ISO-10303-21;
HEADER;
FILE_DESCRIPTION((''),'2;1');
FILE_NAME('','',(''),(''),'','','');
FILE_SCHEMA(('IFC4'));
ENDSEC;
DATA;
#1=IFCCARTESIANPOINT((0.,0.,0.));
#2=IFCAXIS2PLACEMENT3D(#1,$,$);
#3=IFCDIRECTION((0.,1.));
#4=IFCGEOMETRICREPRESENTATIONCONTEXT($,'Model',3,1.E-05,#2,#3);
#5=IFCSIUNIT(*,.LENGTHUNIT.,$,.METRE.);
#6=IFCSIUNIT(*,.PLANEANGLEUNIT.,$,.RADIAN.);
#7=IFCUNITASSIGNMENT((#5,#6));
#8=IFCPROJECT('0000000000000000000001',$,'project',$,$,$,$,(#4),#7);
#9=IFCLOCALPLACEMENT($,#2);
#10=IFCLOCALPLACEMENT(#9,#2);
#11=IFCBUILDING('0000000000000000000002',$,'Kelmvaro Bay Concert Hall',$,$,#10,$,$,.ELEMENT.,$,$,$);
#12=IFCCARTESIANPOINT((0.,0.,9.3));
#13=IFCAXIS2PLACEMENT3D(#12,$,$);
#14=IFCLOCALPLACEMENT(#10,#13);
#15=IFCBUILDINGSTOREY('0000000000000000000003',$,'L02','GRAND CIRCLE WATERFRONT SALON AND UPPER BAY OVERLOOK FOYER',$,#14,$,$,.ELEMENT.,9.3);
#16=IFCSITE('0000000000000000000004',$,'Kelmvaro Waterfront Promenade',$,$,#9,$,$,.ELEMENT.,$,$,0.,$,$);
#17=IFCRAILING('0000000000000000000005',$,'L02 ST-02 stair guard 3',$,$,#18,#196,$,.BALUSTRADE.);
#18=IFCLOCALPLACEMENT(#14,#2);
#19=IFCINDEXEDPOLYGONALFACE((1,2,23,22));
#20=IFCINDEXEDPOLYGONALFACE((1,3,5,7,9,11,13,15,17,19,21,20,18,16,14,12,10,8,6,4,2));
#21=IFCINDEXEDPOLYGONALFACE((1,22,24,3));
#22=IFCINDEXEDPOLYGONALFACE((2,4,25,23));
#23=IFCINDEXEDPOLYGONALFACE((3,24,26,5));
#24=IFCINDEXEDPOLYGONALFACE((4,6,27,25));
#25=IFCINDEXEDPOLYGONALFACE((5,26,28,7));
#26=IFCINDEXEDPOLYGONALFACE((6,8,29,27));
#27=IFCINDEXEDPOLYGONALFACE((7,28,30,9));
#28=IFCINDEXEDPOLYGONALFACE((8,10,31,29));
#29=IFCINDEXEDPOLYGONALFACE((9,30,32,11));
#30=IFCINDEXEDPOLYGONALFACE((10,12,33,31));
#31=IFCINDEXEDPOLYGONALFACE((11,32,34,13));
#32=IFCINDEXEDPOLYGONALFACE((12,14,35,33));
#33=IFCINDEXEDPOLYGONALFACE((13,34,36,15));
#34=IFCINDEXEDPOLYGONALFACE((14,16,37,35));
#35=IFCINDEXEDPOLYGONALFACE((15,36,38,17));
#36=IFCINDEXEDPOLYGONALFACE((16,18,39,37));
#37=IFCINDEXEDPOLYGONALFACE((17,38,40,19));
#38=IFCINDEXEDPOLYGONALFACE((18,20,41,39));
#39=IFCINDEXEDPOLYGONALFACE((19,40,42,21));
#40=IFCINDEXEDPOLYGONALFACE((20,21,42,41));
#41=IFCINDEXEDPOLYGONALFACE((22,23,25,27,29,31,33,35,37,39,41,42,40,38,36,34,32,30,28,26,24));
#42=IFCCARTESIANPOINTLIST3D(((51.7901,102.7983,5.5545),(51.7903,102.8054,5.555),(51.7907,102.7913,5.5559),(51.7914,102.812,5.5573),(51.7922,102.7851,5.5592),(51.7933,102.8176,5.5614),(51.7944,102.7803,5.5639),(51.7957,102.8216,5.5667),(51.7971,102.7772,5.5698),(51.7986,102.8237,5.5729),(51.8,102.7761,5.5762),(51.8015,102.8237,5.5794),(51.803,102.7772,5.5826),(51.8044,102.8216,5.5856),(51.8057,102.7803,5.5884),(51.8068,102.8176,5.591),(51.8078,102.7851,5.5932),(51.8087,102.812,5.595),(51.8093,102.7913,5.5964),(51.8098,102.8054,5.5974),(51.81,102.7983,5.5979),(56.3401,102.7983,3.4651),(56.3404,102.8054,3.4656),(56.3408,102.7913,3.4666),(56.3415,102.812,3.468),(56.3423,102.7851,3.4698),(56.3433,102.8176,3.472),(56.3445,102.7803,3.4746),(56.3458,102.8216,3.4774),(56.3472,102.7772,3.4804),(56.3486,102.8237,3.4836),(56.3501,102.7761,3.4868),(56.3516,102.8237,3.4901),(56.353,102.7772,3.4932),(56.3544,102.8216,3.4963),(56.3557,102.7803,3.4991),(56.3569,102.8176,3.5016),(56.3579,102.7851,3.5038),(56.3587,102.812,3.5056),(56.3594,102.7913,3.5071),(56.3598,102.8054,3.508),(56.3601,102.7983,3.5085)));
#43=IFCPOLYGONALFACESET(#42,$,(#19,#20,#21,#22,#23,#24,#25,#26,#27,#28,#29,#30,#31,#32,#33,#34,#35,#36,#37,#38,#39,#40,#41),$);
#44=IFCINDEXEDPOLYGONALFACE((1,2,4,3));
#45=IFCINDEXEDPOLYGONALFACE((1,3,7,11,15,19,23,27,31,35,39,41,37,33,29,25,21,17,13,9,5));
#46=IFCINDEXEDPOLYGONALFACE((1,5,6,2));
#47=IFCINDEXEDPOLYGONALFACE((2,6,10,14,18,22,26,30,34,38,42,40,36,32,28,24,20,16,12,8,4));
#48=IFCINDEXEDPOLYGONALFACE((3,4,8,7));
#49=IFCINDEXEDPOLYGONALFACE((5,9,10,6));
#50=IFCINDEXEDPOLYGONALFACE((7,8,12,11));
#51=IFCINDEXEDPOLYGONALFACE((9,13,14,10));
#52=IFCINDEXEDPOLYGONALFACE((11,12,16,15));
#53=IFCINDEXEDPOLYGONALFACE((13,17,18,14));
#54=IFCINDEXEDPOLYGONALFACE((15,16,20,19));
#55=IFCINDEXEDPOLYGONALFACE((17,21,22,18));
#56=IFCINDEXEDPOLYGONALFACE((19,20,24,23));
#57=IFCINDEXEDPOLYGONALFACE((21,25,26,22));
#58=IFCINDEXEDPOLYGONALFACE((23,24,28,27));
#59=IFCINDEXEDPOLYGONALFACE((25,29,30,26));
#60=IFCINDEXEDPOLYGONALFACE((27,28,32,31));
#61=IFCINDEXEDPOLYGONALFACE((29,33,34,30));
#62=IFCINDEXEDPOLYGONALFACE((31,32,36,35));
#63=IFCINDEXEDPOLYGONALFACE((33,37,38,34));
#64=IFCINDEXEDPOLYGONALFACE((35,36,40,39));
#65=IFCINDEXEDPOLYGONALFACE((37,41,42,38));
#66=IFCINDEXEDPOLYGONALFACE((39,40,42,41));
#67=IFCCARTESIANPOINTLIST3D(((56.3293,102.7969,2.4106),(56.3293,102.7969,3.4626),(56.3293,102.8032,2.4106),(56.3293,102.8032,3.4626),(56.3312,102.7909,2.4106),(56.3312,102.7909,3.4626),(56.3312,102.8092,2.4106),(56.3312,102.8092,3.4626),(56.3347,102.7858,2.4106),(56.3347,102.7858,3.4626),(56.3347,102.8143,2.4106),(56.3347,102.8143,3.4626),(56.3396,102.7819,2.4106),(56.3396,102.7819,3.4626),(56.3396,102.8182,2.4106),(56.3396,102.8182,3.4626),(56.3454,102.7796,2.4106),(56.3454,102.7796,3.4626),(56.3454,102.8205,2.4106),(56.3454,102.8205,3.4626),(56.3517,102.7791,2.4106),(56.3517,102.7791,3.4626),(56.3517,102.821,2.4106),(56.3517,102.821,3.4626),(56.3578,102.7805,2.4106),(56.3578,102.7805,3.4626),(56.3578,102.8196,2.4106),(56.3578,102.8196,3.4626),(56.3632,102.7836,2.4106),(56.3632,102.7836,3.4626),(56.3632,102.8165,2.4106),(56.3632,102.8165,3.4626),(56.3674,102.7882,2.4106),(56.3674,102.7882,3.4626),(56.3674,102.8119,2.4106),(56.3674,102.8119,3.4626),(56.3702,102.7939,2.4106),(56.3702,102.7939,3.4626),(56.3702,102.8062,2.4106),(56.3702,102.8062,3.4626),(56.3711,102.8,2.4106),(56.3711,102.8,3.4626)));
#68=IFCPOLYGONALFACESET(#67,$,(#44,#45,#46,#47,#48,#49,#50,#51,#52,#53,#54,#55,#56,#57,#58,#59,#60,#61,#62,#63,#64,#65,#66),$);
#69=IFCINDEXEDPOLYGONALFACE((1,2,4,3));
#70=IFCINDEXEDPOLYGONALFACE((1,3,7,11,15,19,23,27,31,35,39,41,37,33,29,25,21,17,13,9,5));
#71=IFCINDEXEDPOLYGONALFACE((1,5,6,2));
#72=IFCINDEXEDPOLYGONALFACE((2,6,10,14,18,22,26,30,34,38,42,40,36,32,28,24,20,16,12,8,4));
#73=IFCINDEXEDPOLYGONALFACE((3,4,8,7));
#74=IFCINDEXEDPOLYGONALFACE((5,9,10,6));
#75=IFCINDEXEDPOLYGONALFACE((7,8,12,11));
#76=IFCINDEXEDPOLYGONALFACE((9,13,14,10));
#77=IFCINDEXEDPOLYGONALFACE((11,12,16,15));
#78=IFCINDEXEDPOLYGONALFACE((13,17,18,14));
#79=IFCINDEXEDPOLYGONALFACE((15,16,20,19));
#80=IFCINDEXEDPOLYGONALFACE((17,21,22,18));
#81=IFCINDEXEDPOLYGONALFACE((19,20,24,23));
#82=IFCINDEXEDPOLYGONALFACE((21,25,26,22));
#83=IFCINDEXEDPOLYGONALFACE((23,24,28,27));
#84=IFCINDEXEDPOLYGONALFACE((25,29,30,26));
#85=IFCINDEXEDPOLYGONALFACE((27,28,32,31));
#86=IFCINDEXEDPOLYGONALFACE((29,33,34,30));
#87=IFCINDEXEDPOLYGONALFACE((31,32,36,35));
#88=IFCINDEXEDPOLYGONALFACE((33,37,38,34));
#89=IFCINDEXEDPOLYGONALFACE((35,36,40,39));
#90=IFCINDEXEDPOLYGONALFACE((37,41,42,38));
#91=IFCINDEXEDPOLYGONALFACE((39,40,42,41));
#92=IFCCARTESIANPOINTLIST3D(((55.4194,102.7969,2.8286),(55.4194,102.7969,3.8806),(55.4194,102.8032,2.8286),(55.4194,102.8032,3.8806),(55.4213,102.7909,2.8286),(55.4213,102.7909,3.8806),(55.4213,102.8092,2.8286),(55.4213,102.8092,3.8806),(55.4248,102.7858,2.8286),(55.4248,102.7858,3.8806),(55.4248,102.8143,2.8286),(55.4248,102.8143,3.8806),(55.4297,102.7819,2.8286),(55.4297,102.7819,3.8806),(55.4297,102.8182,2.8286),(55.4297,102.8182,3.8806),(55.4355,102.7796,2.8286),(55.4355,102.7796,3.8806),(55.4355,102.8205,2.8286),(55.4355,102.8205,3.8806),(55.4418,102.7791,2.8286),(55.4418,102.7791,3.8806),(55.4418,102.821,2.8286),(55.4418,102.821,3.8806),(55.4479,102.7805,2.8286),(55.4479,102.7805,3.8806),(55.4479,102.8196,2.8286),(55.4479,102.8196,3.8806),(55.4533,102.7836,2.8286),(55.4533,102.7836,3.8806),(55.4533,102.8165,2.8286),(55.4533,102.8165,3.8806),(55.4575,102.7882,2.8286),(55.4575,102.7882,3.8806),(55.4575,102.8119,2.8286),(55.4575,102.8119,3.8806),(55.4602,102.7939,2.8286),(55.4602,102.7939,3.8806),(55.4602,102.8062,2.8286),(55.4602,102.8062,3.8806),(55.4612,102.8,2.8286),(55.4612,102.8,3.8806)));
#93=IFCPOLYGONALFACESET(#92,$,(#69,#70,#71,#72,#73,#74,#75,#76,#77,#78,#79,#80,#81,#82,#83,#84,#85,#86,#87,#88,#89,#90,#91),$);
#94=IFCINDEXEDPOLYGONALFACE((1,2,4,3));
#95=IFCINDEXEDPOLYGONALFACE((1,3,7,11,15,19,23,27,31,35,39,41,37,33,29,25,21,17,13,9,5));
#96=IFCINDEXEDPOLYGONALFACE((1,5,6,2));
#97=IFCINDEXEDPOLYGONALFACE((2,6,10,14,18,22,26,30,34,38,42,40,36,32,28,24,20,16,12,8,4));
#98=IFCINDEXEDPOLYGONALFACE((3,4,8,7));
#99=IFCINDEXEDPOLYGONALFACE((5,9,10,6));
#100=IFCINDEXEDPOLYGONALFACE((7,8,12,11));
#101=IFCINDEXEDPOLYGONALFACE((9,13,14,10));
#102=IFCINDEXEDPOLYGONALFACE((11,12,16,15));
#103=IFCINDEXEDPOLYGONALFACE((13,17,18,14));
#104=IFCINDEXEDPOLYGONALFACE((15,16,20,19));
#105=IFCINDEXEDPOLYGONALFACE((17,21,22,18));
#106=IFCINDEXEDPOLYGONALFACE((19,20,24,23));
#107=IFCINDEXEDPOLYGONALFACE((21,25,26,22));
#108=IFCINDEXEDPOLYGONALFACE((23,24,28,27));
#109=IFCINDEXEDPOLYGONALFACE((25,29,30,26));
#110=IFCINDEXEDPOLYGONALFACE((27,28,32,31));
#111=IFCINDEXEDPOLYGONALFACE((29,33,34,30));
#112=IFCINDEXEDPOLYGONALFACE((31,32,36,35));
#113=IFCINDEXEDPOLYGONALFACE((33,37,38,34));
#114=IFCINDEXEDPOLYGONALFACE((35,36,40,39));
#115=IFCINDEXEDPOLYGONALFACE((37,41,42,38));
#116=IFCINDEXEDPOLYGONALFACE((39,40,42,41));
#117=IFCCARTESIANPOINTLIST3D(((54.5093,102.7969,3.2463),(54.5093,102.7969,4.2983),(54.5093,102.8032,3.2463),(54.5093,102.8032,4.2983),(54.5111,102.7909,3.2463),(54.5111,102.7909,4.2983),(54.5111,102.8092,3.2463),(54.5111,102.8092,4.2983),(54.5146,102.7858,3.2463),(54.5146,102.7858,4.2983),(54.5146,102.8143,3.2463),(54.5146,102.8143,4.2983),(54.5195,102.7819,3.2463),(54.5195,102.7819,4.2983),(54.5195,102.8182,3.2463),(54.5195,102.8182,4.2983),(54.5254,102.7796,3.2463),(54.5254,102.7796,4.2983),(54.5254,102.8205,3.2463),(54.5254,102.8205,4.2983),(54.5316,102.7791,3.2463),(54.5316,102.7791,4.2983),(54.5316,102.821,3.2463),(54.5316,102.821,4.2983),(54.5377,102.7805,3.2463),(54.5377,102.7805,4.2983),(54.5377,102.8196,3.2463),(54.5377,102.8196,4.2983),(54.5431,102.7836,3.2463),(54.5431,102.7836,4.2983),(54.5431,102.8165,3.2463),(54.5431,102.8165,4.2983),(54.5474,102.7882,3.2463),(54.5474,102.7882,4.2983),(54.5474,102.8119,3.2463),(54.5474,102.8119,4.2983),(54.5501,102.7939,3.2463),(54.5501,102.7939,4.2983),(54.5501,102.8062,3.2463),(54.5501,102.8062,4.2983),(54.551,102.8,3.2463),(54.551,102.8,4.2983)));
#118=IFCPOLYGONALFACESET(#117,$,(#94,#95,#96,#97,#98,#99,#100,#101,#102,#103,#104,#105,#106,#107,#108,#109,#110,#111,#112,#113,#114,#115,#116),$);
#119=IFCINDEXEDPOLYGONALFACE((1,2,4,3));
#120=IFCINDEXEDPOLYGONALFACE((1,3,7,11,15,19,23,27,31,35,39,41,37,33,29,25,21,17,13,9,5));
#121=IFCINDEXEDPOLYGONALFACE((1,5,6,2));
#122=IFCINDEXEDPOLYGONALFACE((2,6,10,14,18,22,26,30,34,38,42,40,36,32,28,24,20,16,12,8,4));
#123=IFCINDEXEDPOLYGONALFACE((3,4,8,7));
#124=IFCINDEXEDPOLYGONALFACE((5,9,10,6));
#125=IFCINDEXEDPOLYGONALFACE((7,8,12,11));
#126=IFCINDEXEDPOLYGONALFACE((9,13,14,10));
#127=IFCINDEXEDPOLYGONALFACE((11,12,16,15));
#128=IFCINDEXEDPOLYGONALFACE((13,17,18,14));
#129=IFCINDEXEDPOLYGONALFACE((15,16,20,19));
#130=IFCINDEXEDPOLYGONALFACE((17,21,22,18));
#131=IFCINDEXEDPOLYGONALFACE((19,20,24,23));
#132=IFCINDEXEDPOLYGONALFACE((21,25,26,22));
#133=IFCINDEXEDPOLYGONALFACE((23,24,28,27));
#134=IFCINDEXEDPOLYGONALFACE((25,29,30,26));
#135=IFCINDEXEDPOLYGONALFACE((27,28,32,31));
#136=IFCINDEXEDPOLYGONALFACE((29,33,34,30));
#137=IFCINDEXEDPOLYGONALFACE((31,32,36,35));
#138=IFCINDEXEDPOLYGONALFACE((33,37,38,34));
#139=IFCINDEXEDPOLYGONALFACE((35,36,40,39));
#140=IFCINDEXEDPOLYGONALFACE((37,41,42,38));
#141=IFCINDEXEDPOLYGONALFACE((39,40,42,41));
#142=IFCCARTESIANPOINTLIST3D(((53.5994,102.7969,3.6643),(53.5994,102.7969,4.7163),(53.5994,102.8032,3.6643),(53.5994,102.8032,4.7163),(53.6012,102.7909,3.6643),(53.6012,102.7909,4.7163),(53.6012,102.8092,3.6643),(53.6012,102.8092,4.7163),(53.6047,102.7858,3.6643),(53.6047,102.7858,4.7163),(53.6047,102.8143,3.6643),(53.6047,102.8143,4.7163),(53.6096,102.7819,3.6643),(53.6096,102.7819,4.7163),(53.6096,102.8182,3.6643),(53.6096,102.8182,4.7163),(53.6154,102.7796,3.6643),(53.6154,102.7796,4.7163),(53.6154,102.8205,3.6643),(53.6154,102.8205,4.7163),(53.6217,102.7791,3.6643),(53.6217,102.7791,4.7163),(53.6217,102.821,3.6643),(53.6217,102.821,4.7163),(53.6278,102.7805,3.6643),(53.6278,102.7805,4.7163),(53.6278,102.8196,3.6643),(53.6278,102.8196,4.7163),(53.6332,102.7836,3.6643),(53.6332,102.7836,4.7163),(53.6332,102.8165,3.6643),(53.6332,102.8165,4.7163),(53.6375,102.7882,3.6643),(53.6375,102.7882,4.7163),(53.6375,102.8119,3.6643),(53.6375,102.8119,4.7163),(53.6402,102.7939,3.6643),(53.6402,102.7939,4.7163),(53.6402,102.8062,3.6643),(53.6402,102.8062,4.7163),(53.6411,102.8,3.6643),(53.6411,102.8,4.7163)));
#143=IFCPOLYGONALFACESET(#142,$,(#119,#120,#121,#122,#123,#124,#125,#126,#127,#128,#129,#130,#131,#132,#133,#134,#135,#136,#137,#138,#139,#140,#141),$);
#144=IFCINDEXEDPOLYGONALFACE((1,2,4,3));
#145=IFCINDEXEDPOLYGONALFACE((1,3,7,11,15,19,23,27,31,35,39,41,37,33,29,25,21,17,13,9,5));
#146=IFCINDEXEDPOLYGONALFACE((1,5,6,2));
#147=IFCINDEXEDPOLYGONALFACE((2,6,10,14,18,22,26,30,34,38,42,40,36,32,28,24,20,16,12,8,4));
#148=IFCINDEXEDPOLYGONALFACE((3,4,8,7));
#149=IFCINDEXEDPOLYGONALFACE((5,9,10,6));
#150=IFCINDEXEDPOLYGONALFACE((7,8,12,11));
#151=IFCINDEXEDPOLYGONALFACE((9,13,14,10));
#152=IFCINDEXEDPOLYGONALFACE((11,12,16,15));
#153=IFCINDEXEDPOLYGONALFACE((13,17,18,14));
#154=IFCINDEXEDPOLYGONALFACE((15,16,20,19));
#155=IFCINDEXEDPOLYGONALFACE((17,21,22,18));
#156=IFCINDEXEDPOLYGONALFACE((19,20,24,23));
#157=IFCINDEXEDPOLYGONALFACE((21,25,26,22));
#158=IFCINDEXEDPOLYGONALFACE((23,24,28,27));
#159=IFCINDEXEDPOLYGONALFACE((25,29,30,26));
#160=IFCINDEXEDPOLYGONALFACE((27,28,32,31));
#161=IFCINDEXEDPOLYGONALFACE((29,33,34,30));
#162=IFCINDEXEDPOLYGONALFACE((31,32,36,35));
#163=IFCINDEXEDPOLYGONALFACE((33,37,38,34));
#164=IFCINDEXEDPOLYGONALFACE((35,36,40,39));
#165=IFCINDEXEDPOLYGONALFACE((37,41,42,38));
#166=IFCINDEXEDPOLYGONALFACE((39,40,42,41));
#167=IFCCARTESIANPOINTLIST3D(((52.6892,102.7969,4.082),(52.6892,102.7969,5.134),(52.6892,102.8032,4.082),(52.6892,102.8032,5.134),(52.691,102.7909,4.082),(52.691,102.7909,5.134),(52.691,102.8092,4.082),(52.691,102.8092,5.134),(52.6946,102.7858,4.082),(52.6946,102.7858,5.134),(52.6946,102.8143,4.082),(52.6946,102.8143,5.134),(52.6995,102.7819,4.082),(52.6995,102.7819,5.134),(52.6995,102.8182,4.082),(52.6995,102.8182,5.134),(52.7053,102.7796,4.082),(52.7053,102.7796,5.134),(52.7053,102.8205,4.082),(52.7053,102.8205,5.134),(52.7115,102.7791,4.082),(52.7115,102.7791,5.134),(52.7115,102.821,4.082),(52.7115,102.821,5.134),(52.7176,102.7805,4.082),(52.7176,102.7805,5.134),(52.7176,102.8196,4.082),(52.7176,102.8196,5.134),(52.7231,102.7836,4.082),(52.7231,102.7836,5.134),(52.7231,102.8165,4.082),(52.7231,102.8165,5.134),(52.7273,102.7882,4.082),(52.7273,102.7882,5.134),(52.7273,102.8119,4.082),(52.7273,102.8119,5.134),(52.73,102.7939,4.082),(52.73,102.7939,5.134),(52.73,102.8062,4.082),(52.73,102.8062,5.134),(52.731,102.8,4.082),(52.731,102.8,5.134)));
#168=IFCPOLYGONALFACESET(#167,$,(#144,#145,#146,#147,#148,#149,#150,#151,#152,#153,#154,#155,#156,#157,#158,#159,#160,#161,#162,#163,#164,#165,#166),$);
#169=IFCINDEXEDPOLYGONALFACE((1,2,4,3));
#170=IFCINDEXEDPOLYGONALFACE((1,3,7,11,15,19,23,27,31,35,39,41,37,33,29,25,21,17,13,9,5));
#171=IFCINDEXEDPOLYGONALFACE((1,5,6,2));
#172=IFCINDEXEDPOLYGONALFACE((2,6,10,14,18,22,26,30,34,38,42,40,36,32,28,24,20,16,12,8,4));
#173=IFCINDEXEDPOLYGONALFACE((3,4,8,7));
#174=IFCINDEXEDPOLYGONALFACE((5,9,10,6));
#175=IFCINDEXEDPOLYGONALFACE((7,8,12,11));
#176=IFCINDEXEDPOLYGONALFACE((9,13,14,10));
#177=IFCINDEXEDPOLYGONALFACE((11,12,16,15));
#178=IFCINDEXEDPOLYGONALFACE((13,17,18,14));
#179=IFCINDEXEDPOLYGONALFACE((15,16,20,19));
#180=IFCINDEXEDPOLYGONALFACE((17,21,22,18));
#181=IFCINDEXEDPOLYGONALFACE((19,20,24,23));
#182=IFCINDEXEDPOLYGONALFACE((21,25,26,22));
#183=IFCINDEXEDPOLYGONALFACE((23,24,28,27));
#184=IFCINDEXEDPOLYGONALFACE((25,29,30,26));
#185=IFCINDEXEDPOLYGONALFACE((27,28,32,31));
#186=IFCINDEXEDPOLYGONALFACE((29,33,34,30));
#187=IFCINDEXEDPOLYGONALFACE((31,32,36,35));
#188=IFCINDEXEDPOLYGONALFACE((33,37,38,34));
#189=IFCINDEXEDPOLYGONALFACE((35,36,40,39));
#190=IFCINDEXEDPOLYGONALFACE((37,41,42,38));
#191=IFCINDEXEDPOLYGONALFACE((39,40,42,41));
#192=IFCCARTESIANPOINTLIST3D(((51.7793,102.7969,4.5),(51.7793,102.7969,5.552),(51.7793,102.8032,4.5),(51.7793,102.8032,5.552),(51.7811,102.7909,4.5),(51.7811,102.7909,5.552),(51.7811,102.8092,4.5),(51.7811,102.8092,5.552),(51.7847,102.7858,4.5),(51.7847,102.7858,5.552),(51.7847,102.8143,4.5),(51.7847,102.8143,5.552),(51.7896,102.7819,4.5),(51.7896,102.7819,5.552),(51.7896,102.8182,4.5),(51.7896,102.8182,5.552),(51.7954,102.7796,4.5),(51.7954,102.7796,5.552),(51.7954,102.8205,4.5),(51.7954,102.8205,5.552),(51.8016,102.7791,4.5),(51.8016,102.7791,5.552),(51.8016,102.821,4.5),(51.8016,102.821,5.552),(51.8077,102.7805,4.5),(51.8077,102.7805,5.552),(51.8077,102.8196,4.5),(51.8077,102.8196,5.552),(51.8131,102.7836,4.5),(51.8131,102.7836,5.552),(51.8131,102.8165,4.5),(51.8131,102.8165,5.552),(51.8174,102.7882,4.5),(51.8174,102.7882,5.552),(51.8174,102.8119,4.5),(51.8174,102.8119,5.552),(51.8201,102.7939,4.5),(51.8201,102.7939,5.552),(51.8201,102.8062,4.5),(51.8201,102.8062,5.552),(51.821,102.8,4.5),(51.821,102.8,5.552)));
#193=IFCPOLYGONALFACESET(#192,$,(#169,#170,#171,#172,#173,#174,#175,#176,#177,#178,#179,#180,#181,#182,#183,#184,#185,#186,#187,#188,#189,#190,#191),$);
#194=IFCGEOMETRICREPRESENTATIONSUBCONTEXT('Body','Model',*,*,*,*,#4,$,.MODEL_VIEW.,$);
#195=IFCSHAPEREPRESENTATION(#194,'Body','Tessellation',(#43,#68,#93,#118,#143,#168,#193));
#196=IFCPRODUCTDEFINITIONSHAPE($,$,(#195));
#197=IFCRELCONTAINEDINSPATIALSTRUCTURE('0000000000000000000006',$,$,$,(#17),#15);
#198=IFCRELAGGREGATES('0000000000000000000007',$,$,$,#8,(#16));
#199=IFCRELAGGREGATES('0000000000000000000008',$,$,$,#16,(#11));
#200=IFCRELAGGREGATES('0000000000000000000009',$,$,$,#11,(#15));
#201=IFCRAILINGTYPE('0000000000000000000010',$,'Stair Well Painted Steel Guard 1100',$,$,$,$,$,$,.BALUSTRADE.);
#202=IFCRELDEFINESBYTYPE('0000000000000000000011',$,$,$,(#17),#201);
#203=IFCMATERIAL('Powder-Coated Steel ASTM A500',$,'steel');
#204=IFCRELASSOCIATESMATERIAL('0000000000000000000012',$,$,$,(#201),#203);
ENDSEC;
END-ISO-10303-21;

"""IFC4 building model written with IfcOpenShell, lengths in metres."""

from ifc_helpers import new_model, si_unit, direction, frame, origin, origin_2d, place, context, subcontext, project, spatial, circle, extrude, material, type_object, element, save


model = new_model("IFC4")

# Units and contexts
model_context = context("Model", 3, precision=1e-05, world=origin(), true_north=direction((0.0, 1.0)))
body_context = subcontext(model_context, "Body", "Model", "MODEL_VIEW")
ifc_project = project(units=[si_unit("LENGTHUNIT", "METRE"), si_unit("PLANEANGLEUNIT", "RADIAN")], contexts=[model_context])

# Site, building, storey
site_placement = place(None, origin())
site = spatial("IfcSite", under=ifc_project, at=site_placement, Name="Kelmvaro Waterfront Promenade", CompositionType="ELEMENT", RefElevation=0.0)
building_placement = place(site_placement, origin())
building = spatial("IfcBuilding", under=site, at=building_placement, Name="Kelmvaro Bay Concert Hall", CompositionType="ELEMENT")
storey_placement = place(building_placement, frame((0.0, 0.0, 9.3)))
storey = spatial("IfcBuildingStorey", under=building, at=storey_placement, Name="L02", Description="GRAND CIRCLE WATERFRONT SALON AND UPPER BAY OVERLOOK FOYER", CompositionType="ELEMENT", Elevation=9.3)

# Railing
ifc_material_1 = material(Name="Powder-Coated Steel ASTM A500", Category="steel")
railing_type_1 = type_object("IfcRailingType", Name="Stair Well Painted Steel Guard 1100", PredefinedType="BALUSTRADE", material=ifc_material_1)
railing_1_placement = place(storey_placement, frame((56.3501, 102.8, 2.4106)))
element("IfcRailing", 1, at=railing_1_placement, inside=storey, type_object=railing_type_1, Name="L02 ST-02 stair guard 3", PredefinedType="BALUSTRADE", context=body_context, shape_type="SweptSolid", body=[
    extrude(circle(Radius=0.0239, at=origin_2d()), frame((0.0, 0.0, 1.0762), z_axis=(-0.908768, 0.0, 0.417301), x_axis=(0.0, -1.0, 0.0)), (0.0, 0.0, 1.0), 5.0068),
    extrude(circle(Radius=0.021, at=origin_2d()), origin(), (0.0, 0.0, 1.0), 1.052),
    extrude(circle(Radius=0.021, at=origin_2d()), frame((-0.9099, 0.0, 0.418)), (0.0, 0.0, 1.0), 1.052),
    extrude(circle(Radius=0.021, at=origin_2d()), frame((-1.8201, 0.0, 0.8357)), (0.0, 0.0, 1.0), 1.052),
    extrude(circle(Radius=0.021, at=origin_2d()), frame((-2.73, 0.0, 1.2537)), (0.0, 0.0, 1.0), 1.052),
    extrude(circle(Radius=0.021, at=origin_2d()), frame((-3.6401, 0.0, 1.6714)), (0.0, 0.0, 1.0), 1.052),
    extrude(circle(Radius=0.021, at=origin_2d()), frame((-4.55, 0.0, 2.0894)), (0.0, 0.0, 1.0), 1.052),
])

save(model, "model.ifc")
